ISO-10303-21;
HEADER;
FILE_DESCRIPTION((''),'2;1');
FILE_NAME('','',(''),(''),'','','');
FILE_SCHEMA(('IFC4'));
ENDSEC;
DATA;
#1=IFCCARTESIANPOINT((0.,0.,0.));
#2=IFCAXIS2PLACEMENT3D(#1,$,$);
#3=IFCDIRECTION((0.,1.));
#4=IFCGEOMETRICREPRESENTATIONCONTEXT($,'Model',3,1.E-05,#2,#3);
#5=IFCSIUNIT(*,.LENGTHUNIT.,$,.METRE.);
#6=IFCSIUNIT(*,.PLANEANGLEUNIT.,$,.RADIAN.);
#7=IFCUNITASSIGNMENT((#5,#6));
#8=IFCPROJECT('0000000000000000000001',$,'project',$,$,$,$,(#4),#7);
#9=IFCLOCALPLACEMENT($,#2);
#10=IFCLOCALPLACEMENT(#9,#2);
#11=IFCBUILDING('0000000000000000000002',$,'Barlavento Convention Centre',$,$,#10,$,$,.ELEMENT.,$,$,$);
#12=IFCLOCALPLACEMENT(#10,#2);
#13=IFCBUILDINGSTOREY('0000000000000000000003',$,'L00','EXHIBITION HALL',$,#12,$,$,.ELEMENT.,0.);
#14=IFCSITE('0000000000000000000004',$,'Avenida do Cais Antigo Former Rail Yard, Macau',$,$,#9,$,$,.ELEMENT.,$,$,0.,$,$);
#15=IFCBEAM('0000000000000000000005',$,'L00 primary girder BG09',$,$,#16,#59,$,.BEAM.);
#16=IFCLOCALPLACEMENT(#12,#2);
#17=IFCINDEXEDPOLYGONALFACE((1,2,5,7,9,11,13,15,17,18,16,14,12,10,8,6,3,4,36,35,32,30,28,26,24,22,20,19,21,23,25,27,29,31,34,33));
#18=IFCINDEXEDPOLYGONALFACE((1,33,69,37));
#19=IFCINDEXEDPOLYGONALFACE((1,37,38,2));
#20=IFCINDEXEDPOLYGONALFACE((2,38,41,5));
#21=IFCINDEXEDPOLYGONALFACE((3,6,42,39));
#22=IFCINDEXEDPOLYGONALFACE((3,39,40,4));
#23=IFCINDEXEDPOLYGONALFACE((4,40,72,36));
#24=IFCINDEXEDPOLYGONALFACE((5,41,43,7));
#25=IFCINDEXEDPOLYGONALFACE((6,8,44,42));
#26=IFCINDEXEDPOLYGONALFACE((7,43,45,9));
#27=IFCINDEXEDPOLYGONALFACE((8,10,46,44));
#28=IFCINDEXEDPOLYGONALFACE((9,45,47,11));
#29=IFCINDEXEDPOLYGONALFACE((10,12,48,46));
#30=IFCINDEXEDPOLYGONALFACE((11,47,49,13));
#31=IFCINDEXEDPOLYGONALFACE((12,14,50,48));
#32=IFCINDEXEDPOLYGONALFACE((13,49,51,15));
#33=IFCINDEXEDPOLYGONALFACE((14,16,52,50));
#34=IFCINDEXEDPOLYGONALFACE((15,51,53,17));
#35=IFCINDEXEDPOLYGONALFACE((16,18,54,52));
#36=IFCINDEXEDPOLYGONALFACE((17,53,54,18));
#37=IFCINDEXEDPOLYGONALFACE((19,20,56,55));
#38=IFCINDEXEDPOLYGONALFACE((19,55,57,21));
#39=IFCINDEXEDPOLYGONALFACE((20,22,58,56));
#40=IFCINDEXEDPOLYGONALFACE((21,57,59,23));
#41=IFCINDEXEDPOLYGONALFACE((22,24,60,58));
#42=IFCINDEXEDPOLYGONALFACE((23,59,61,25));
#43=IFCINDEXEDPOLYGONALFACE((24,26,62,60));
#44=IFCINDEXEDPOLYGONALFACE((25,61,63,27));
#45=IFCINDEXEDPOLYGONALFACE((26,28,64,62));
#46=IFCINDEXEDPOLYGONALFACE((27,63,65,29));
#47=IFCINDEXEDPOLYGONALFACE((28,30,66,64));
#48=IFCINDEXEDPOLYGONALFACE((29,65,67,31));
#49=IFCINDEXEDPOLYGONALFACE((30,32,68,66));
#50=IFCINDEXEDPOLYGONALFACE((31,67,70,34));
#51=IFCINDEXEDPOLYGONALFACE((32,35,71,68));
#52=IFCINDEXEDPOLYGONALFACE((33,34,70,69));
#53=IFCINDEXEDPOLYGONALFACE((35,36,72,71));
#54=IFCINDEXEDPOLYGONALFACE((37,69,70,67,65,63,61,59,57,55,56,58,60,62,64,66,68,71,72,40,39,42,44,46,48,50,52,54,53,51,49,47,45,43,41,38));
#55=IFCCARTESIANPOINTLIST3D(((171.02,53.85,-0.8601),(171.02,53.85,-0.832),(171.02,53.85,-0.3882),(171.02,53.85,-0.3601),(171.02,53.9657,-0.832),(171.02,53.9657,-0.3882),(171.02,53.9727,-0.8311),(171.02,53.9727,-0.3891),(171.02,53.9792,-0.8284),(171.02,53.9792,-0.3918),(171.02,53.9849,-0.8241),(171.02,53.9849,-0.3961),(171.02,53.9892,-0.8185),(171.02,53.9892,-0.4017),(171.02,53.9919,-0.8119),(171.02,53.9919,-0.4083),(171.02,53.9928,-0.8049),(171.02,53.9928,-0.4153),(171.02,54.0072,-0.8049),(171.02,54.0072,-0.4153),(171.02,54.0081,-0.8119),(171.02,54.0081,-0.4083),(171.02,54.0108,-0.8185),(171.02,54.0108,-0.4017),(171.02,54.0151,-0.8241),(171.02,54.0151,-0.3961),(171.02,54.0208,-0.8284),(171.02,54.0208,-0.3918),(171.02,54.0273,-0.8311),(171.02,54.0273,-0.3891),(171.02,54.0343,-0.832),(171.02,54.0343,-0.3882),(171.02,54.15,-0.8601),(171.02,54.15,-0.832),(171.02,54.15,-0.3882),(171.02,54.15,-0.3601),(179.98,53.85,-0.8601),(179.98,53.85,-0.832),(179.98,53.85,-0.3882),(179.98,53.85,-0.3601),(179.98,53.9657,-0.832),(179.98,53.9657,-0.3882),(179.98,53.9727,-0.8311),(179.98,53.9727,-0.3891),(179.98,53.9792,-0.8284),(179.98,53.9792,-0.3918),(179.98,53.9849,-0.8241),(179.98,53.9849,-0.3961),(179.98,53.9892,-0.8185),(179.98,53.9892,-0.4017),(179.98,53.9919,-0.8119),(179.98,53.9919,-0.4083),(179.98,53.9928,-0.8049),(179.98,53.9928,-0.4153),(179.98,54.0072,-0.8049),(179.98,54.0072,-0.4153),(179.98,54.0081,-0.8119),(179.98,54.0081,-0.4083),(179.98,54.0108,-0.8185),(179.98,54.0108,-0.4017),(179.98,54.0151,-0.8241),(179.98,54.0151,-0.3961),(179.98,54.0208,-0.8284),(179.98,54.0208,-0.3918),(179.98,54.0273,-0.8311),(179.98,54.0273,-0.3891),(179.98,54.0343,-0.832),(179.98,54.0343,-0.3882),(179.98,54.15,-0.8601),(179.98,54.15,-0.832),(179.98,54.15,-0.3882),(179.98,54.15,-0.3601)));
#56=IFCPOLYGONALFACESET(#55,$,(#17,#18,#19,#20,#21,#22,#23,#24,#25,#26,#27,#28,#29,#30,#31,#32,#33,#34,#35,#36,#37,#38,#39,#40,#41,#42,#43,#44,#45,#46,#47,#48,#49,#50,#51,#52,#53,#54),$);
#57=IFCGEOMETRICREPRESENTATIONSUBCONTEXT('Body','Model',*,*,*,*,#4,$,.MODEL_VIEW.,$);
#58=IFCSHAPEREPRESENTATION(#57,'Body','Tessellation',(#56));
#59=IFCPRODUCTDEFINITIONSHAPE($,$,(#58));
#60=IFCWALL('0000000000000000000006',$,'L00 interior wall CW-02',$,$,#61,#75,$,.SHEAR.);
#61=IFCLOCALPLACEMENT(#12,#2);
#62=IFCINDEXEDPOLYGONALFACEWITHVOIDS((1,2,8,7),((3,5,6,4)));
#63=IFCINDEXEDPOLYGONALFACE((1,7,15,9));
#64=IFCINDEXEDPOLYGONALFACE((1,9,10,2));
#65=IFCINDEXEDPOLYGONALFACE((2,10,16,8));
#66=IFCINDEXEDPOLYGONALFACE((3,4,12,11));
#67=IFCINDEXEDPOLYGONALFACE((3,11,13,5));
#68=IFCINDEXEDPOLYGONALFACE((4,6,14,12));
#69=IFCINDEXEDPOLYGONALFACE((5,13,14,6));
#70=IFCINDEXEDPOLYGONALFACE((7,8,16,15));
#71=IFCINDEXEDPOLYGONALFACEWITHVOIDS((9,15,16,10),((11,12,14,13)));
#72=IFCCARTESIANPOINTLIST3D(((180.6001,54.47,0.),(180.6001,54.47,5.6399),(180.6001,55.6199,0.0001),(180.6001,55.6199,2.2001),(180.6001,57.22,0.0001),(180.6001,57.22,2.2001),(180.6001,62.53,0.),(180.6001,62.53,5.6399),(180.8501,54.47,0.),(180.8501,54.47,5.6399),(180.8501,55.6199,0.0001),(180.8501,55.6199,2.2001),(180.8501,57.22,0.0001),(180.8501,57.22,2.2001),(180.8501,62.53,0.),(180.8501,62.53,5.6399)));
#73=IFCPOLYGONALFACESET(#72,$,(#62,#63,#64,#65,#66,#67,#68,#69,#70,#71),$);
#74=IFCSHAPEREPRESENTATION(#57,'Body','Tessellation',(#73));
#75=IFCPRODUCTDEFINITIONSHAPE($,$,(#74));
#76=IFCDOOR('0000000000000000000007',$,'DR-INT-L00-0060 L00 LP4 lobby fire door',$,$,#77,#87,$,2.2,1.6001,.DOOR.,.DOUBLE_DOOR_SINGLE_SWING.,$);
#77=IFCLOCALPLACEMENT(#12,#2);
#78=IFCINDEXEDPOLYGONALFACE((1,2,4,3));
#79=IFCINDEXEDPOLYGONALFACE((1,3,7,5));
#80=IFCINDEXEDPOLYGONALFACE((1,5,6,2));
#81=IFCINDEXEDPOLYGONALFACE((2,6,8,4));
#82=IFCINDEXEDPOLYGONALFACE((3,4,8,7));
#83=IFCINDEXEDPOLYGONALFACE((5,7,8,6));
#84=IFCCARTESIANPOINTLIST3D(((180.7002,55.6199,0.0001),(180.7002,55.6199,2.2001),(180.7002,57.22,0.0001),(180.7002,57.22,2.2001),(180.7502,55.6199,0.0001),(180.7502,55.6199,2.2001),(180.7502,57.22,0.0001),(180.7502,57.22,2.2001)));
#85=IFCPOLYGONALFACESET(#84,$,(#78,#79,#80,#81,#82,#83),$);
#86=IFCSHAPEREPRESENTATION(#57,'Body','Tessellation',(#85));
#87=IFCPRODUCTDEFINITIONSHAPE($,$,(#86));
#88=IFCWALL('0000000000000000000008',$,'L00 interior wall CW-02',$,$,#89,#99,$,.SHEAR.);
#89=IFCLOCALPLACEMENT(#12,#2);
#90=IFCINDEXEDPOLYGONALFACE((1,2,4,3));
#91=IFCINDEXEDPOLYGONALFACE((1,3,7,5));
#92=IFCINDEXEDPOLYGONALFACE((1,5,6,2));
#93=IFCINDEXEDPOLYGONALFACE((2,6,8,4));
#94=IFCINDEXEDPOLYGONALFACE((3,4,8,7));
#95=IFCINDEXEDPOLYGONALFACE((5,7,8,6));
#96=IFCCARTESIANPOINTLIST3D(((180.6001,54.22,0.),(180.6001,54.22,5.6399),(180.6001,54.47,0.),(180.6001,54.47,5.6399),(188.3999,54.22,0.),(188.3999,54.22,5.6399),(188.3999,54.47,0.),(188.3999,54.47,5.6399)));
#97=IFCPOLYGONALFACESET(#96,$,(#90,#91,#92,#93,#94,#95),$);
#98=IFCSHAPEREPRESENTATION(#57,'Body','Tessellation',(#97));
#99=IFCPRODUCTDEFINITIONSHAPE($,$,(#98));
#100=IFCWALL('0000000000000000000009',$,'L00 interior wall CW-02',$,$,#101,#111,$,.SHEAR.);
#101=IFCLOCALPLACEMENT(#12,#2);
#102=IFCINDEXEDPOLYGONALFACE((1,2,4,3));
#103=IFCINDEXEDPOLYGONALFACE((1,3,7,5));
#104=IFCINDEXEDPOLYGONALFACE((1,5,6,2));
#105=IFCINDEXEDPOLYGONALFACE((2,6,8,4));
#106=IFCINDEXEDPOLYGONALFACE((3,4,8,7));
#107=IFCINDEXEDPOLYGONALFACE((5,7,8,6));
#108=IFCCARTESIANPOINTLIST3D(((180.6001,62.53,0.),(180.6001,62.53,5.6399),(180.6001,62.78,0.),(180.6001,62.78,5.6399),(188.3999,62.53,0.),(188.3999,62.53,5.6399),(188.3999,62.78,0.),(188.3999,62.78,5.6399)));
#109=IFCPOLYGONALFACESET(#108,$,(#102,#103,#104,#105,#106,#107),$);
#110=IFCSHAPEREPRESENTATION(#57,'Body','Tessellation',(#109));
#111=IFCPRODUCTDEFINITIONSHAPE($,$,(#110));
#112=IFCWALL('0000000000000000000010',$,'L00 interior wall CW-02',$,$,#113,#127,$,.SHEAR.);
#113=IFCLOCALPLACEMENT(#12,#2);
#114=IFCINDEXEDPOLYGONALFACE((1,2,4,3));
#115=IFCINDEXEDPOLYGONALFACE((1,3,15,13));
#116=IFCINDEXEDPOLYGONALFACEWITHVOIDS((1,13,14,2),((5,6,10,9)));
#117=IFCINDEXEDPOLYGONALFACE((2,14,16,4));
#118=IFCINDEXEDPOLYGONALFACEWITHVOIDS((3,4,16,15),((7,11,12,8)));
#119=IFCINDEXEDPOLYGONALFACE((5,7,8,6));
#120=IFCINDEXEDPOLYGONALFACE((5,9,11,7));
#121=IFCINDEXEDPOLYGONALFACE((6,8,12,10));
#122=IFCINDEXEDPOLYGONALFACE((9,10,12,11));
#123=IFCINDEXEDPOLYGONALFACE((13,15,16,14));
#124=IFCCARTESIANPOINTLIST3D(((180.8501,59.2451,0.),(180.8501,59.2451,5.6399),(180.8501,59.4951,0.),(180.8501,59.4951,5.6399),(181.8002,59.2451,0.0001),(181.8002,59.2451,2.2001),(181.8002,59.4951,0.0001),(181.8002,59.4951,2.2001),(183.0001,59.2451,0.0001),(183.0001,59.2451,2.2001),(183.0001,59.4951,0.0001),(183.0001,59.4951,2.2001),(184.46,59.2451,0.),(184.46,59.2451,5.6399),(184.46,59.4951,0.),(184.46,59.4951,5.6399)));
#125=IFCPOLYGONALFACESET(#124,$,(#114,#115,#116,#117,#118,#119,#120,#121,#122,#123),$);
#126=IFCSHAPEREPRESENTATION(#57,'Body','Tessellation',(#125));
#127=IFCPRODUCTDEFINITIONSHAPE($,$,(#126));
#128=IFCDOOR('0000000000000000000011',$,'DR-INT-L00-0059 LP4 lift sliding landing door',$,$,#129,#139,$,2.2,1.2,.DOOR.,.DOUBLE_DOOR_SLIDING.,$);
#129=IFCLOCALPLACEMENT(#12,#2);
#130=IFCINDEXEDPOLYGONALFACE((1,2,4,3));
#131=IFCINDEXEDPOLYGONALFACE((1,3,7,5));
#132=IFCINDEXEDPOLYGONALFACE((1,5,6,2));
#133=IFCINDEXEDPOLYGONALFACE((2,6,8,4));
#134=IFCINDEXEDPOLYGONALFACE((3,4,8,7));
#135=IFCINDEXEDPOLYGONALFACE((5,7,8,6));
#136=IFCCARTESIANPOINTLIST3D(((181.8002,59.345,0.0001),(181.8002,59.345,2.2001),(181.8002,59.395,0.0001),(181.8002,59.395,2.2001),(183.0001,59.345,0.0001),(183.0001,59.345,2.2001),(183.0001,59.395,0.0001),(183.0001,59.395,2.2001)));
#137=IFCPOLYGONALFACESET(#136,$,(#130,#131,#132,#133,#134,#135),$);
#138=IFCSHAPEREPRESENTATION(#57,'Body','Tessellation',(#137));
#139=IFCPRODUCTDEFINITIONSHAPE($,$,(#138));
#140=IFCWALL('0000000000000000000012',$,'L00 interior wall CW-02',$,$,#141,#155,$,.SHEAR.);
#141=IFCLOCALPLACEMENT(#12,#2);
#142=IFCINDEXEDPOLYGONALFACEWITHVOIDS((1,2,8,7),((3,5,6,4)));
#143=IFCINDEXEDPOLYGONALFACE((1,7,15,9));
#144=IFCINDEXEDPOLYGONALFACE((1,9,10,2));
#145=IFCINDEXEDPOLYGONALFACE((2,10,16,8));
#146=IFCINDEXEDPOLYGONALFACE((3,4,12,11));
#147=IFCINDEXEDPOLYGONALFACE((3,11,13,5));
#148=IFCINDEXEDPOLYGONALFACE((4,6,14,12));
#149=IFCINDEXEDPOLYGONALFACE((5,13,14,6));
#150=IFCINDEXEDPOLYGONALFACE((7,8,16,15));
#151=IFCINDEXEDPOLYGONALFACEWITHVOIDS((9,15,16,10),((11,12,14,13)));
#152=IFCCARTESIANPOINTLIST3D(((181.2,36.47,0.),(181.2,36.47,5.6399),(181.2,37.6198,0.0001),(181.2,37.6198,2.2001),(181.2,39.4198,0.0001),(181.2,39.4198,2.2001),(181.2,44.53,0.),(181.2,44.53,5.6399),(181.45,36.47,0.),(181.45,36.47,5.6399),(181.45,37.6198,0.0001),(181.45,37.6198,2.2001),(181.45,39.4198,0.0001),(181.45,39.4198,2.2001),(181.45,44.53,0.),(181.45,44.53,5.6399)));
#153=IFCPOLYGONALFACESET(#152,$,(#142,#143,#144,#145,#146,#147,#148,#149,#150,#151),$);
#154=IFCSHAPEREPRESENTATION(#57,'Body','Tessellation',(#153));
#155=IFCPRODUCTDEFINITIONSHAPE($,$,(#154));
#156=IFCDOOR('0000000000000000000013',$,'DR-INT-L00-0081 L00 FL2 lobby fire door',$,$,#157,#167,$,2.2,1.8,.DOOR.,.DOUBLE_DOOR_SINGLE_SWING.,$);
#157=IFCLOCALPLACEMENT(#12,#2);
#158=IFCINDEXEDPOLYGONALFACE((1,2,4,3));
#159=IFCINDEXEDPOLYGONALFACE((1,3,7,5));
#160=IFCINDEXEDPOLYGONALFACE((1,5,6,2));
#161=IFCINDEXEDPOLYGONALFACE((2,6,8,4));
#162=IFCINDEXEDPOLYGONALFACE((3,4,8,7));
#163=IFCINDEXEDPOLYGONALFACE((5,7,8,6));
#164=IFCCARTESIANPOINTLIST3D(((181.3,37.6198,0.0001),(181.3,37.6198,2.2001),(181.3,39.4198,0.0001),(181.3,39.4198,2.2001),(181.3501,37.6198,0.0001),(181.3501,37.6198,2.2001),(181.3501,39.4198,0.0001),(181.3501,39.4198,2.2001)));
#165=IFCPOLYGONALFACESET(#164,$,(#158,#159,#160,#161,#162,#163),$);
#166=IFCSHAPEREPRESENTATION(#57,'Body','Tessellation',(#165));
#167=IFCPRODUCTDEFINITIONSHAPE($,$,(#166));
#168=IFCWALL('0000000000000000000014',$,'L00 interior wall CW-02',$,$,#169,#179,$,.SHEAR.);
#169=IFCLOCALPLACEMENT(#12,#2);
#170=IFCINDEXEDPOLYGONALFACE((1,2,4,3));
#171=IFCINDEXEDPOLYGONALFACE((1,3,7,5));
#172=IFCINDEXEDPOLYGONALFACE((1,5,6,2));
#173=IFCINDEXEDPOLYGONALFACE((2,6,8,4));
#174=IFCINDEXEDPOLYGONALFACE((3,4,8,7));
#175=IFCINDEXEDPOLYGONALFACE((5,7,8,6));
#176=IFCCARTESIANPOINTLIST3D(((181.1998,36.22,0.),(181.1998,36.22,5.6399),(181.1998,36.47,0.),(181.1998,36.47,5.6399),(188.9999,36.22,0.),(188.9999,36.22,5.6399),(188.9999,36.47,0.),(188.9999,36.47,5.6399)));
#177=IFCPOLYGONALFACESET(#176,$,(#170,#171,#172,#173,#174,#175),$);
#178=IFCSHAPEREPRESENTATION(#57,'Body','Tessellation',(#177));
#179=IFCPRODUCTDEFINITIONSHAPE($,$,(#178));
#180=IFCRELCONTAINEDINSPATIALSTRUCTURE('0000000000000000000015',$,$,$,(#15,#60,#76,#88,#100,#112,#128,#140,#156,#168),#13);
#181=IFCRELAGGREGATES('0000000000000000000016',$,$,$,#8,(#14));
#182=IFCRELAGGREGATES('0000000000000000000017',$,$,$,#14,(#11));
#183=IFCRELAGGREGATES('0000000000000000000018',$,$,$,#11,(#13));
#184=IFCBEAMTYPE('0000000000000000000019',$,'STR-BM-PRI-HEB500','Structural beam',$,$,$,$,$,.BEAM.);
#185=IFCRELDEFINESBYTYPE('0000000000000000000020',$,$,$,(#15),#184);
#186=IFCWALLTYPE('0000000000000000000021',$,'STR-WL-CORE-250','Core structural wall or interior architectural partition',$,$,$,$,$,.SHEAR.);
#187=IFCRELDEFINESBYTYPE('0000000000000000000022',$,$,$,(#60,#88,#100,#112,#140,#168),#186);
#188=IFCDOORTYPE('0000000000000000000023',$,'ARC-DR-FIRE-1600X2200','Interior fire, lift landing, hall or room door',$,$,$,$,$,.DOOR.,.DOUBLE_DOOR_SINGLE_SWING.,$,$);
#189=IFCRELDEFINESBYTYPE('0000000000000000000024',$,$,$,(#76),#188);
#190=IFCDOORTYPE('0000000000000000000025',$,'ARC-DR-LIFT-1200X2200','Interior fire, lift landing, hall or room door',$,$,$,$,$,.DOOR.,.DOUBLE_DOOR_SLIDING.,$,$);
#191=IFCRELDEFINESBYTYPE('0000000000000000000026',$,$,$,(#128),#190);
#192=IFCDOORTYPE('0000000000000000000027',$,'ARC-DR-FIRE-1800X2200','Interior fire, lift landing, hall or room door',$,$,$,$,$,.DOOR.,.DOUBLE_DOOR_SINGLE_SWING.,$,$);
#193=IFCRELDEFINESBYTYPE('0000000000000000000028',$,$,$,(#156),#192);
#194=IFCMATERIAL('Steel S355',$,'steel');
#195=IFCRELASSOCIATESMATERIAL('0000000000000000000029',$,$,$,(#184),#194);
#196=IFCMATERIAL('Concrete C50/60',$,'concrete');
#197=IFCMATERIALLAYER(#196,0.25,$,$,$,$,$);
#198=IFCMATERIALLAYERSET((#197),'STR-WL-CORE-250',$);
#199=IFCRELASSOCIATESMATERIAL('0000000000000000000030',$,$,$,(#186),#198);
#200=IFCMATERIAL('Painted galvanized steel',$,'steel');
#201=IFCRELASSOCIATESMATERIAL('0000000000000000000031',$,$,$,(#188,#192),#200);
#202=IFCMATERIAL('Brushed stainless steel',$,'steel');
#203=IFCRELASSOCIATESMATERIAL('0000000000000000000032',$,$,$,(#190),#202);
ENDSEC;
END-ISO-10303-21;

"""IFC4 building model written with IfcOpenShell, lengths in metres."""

from ifc_helpers import new_model, si_unit, direction, frame, frame_2d, origin, origin_2d, place, context, subcontext, project, spatial, rectangle, i_section, extrude, material, layer, layer_set, material_profile, profile_set, type_object, element, fill, save


model = new_model("IFC4")

# Units and contexts
model_context = context("Model", 3, precision=1e-05, world=origin(), true_north=direction((0.0, 1.0)))
body_context = subcontext(model_context, "Body", "Model", "MODEL_VIEW")
ifc_project = project(units=[si_unit("LENGTHUNIT", "METRE"), si_unit("PLANEANGLEUNIT", "RADIAN")], contexts=[model_context])

# Site, building, storey
site_placement = place(None, origin())
site = spatial("IfcSite", under=ifc_project, at=site_placement, Name="Avenida do Cais Antigo Former Rail Yard, Macau", CompositionType="ELEMENT", RefElevation=0.0)
building_placement = place(site_placement, origin())
building = spatial("IfcBuilding", under=site, at=building_placement, Name="Barlavento Convention Centre", CompositionType="ELEMENT")
storey_placement = place(building_placement, origin())
storey = spatial("IfcBuildingStorey", under=building, at=storey_placement, Name="L00", Description="EXHIBITION HALL", CompositionType="ELEMENT", Elevation=0.0)

# Shared definitions
ifc_material_1 = material(Name="Concrete C50/60", Category="concrete")

# Beam
ifc_material_2 = material(Name="Steel S355", Category="steel")
ifc_material_profile_1 = material_profile(ifc_material_2, i_section(OverallWidth=0.3, OverallDepth=0.5, WebThickness=0.0144, FlangeThickness=0.0281, FilletRadius=0.0271, at=origin_2d()), Name="HEB 500")
ifc_profile_set_1 = profile_set([ifc_material_profile_1], Name="Steel S355")
beam_type_1 = type_object("IfcBeamType", Name="STR-BM-PRI-HEB500", Description="Structural beam", PredefinedType="BEAM", material=ifc_profile_set_1)
beam_1_placement = place(storey_placement, frame((171.02, 54.0, -0.6101), z_axis=(1.0, 0.0, 0.0), x_axis=(0.0, 1.0, 0.0)))
element("IfcBeam", 1, at=beam_1_placement, inside=storey, type_object=beam_type_1, Name="L00 primary girder BG09", PredefinedType="BEAM", context=body_context, shape_type="SweptSolid", body=[
    extrude(i_section(OverallWidth=0.3, OverallDepth=0.5, WebThickness=0.0144, FlangeThickness=0.0281, FilletRadius=0.0271, at=origin_2d()), origin(), (0.0, 0.0, 1.0), 8.96),
])

# Wall, opening, door
ifc_layer = layer(ifc_material_1, 0.25)
ifc_layer_set = layer_set([ifc_layer], Name="STR-WL-CORE-250")
wall_type = type_object("IfcWallType", Name="STR-WL-CORE-250", Description="Core structural wall or interior architectural partition", PredefinedType="SHEAR", material=ifc_layer_set)
wall_1_placement = place(storey_placement, frame((180.7251, 54.47, 0.0), z_axis=(0.0, 0.0, 1.0), x_axis=(0.0, 1.0, 0.0)))
wall_1 = element("IfcWall", 2, at=wall_1_placement, inside=storey, type_object=wall_type, Name="L00 interior wall CW-02", PredefinedType="SHEAR", context=body_context, shape_type="SweptSolid", body=[
    extrude(rectangle(XDim=8.0601, YDim=0.25, at=frame_2d((4.03, 0.0))), origin(), (0.0, 0.0, 1.0), 5.6399),
])
opening_1_placement = place(wall_1_placement, frame((1.1499, 0.0, 0.0)))
opening_1 = element("IfcOpeningElement", 3, at=opening_1_placement, cuts=wall_1, PredefinedType="OPENING", context=body_context, shape_type="SweptSolid", body=[
    extrude(rectangle(XDim=1.6001, YDim=2.2, at=frame_2d((0.8, 1.1001))), frame((0.0, 0.135, 0.0), z_axis=(0.0, -1.0, 0.0), x_axis=(1.0, 0.0, 0.0)), (0.0, 0.0, 1.0), 0.27),
])
ifc_material_3 = material(Name="Painted galvanized steel", Category="steel")
door_type_1 = type_object("IfcDoorType", Name="ARC-DR-FIRE-1600X2200", Description="Interior fire, lift landing, hall or room door", OperationType="DOUBLE_DOOR_SINGLE_SWING", PredefinedType="DOOR", material=ifc_material_3)
door_1_placement = place(opening_1_placement, origin())
door_1 = element("IfcDoor", 4, at=door_1_placement, inside=storey, type_object=door_type_1, Name="DR-INT-L00-0060 L00 LP4 lobby fire door", OperationType="DOUBLE_DOOR_SINGLE_SWING", OverallHeight=2.2, OverallWidth=1.6001, PredefinedType="DOOR", context=body_context, shape_type="SweptSolid", body=[
    extrude(rectangle(XDim=1.6001, YDim=2.2, at=frame_2d((0.8, 1.1001))), frame((0.0, 0.0249, 0.0), z_axis=(0.0, -1.0, 0.0), x_axis=(1.0, 0.0, 0.0)), (0.0, 0.0, 1.0), 0.05),
])
fill(opening_1, door_1)

# Walls
for number, where, z_axis, x_axis, name in (
    (5, (180.6001, 54.345, 0.0), (0.0, 0.0, 1.0), (1.0, 0.0, 0.0), "L00 interior wall CW-02"),
    (6, (180.6001, 62.655, 0.0), (0.0, 0.0, 1.0), (1.0, 0.0, 0.0), "L00 interior wall CW-02"),
):
    element("IfcWall", number, at=place(storey_placement, frame(where, z_axis=z_axis, x_axis=x_axis)), inside=storey, type_object=wall_type, Name=name, PredefinedType="SHEAR", context=body_context, shape_type="SweptSolid", body=[
        extrude(rectangle(XDim=7.7998, YDim=0.25, at=frame_2d((3.8999, 0.0))), origin(), (0.0, 0.0, 1.0), 5.6399),
    ])

# Walls, openings, doors
wall_2_placement = place(storey_placement, frame((180.8501, 59.3701, 0.0), z_axis=(0.0, 0.0, 1.0), x_axis=(1.0, 0.0, 0.0)))
wall_2 = element("IfcWall", 7, at=wall_2_placement, inside=storey, type_object=wall_type, Name="L00 interior wall CW-02", PredefinedType="SHEAR", context=body_context, shape_type="SweptSolid", body=[
    extrude(rectangle(XDim=3.6099, YDim=0.25, at=frame_2d((1.8049, 0.0))), origin(), (0.0, 0.0, 1.0), 5.6399),
])
opening_2_placement = place(wall_2_placement, frame((0.95, 0.0, 0.0)))
opening_2 = element("IfcOpeningElement", 8, at=opening_2_placement, cuts=wall_2, PredefinedType="OPENING", context=body_context, shape_type="SweptSolid", body=[
    extrude(rectangle(XDim=1.2, YDim=2.2, at=frame_2d((0.6001, 1.1001))), frame((0.0, 0.135, 0.0), z_axis=(0.0, -1.0, 0.0), x_axis=(1.0, 0.0, 0.0)), (0.0, 0.0, 1.0), 0.27),
])
ifc_material_4 = material(Name="Brushed stainless steel", Category="steel")
door_type_2 = type_object("IfcDoorType", Name="ARC-DR-LIFT-1200X2200", Description="Interior fire, lift landing, hall or room door", OperationType="DOUBLE_DOOR_SLIDING", PredefinedType="DOOR", material=ifc_material_4)
door_2_placement = place(opening_2_placement, origin())
door_2 = element("IfcDoor", 9, at=door_2_placement, inside=storey, type_object=door_type_2, Name="DR-INT-L00-0059 LP4 lift sliding landing door", OperationType="DOUBLE_DOOR_SLIDING", OverallHeight=2.2, OverallWidth=1.2, PredefinedType="DOOR", context=body_context, shape_type="SweptSolid", body=[
    extrude(rectangle(XDim=1.2, YDim=2.2, at=frame_2d((0.6001, 1.1001))), frame((0.0, 0.0249, 0.0), z_axis=(0.0, -1.0, 0.0), x_axis=(1.0, 0.0, 0.0)), (0.0, 0.0, 1.0), 0.05),
])
fill(opening_2, door_2)
wall_3_placement = place(storey_placement, frame((181.325, 36.47, 0.0), z_axis=(0.0, 0.0, 1.0), x_axis=(0.0, 1.0, 0.0)))
wall_3 = element("IfcWall", 10, at=wall_3_placement, inside=storey, type_object=wall_type, Name="L00 interior wall CW-02", PredefinedType="SHEAR", context=body_context, shape_type="SweptSolid", body=[
    extrude(rectangle(XDim=8.0601, YDim=0.25, at=frame_2d((4.03, 0.0))), origin(), (0.0, 0.0, 1.0), 5.6399),
])
opening_3_placement = place(wall_3_placement, frame((1.1499, 0.0, 0.0)))
opening_3 = element("IfcOpeningElement", 11, at=opening_3_placement, cuts=wall_3, PredefinedType="OPENING", context=body_context, shape_type="SweptSolid", body=[
    extrude(rectangle(XDim=1.8, YDim=2.2, at=frame_2d((0.8999, 1.1001))), frame((0.0, 0.135, 0.0), z_axis=(0.0, -1.0, 0.0), x_axis=(1.0, 0.0, 0.0)), (0.0, 0.0, 1.0), 0.27),
])
door_type_3 = type_object("IfcDoorType", Name="ARC-DR-FIRE-1800X2200", Description="Interior fire, lift landing, hall or room door", OperationType="DOUBLE_DOOR_SINGLE_SWING", PredefinedType="DOOR", material=ifc_material_3)
door_3_placement = place(opening_3_placement, origin())
door_3 = element("IfcDoor", 12, at=door_3_placement, inside=storey, type_object=door_type_3, Name="DR-INT-L00-0081 L00 FL2 lobby fire door", OperationType="DOUBLE_DOOR_SINGLE_SWING", OverallHeight=2.2, OverallWidth=1.8, PredefinedType="DOOR", context=body_context, shape_type="SweptSolid", body=[
    extrude(rectangle(XDim=1.8, YDim=2.2, at=frame_2d((0.8999, 1.1001))), frame((0.0, 0.0249, 0.0), z_axis=(0.0, -1.0, 0.0), x_axis=(1.0, 0.0, 0.0)), (0.0, 0.0, 1.0), 0.05),
])
fill(opening_3, door_3)

# Wall
for number, where, z_axis, x_axis, name in (
    (13, (181.2, 36.345, 0.0), (0.0, 0.0, 1.0), (1.0, 0.0, 0.0), "L00 interior wall CW-02"),
):
    element("IfcWall", number, at=place(storey_placement, frame(where, z_axis=z_axis, x_axis=x_axis)), inside=storey, type_object=wall_type, Name=name, PredefinedType="SHEAR", context=body_context, shape_type="SweptSolid", body=[
        extrude(rectangle(XDim=7.8, YDim=0.25, at=frame_2d((3.8999, 0.0))), origin(), (0.0, 0.0, 1.0), 5.6399),
    ])

save(model, "model.ifc")
